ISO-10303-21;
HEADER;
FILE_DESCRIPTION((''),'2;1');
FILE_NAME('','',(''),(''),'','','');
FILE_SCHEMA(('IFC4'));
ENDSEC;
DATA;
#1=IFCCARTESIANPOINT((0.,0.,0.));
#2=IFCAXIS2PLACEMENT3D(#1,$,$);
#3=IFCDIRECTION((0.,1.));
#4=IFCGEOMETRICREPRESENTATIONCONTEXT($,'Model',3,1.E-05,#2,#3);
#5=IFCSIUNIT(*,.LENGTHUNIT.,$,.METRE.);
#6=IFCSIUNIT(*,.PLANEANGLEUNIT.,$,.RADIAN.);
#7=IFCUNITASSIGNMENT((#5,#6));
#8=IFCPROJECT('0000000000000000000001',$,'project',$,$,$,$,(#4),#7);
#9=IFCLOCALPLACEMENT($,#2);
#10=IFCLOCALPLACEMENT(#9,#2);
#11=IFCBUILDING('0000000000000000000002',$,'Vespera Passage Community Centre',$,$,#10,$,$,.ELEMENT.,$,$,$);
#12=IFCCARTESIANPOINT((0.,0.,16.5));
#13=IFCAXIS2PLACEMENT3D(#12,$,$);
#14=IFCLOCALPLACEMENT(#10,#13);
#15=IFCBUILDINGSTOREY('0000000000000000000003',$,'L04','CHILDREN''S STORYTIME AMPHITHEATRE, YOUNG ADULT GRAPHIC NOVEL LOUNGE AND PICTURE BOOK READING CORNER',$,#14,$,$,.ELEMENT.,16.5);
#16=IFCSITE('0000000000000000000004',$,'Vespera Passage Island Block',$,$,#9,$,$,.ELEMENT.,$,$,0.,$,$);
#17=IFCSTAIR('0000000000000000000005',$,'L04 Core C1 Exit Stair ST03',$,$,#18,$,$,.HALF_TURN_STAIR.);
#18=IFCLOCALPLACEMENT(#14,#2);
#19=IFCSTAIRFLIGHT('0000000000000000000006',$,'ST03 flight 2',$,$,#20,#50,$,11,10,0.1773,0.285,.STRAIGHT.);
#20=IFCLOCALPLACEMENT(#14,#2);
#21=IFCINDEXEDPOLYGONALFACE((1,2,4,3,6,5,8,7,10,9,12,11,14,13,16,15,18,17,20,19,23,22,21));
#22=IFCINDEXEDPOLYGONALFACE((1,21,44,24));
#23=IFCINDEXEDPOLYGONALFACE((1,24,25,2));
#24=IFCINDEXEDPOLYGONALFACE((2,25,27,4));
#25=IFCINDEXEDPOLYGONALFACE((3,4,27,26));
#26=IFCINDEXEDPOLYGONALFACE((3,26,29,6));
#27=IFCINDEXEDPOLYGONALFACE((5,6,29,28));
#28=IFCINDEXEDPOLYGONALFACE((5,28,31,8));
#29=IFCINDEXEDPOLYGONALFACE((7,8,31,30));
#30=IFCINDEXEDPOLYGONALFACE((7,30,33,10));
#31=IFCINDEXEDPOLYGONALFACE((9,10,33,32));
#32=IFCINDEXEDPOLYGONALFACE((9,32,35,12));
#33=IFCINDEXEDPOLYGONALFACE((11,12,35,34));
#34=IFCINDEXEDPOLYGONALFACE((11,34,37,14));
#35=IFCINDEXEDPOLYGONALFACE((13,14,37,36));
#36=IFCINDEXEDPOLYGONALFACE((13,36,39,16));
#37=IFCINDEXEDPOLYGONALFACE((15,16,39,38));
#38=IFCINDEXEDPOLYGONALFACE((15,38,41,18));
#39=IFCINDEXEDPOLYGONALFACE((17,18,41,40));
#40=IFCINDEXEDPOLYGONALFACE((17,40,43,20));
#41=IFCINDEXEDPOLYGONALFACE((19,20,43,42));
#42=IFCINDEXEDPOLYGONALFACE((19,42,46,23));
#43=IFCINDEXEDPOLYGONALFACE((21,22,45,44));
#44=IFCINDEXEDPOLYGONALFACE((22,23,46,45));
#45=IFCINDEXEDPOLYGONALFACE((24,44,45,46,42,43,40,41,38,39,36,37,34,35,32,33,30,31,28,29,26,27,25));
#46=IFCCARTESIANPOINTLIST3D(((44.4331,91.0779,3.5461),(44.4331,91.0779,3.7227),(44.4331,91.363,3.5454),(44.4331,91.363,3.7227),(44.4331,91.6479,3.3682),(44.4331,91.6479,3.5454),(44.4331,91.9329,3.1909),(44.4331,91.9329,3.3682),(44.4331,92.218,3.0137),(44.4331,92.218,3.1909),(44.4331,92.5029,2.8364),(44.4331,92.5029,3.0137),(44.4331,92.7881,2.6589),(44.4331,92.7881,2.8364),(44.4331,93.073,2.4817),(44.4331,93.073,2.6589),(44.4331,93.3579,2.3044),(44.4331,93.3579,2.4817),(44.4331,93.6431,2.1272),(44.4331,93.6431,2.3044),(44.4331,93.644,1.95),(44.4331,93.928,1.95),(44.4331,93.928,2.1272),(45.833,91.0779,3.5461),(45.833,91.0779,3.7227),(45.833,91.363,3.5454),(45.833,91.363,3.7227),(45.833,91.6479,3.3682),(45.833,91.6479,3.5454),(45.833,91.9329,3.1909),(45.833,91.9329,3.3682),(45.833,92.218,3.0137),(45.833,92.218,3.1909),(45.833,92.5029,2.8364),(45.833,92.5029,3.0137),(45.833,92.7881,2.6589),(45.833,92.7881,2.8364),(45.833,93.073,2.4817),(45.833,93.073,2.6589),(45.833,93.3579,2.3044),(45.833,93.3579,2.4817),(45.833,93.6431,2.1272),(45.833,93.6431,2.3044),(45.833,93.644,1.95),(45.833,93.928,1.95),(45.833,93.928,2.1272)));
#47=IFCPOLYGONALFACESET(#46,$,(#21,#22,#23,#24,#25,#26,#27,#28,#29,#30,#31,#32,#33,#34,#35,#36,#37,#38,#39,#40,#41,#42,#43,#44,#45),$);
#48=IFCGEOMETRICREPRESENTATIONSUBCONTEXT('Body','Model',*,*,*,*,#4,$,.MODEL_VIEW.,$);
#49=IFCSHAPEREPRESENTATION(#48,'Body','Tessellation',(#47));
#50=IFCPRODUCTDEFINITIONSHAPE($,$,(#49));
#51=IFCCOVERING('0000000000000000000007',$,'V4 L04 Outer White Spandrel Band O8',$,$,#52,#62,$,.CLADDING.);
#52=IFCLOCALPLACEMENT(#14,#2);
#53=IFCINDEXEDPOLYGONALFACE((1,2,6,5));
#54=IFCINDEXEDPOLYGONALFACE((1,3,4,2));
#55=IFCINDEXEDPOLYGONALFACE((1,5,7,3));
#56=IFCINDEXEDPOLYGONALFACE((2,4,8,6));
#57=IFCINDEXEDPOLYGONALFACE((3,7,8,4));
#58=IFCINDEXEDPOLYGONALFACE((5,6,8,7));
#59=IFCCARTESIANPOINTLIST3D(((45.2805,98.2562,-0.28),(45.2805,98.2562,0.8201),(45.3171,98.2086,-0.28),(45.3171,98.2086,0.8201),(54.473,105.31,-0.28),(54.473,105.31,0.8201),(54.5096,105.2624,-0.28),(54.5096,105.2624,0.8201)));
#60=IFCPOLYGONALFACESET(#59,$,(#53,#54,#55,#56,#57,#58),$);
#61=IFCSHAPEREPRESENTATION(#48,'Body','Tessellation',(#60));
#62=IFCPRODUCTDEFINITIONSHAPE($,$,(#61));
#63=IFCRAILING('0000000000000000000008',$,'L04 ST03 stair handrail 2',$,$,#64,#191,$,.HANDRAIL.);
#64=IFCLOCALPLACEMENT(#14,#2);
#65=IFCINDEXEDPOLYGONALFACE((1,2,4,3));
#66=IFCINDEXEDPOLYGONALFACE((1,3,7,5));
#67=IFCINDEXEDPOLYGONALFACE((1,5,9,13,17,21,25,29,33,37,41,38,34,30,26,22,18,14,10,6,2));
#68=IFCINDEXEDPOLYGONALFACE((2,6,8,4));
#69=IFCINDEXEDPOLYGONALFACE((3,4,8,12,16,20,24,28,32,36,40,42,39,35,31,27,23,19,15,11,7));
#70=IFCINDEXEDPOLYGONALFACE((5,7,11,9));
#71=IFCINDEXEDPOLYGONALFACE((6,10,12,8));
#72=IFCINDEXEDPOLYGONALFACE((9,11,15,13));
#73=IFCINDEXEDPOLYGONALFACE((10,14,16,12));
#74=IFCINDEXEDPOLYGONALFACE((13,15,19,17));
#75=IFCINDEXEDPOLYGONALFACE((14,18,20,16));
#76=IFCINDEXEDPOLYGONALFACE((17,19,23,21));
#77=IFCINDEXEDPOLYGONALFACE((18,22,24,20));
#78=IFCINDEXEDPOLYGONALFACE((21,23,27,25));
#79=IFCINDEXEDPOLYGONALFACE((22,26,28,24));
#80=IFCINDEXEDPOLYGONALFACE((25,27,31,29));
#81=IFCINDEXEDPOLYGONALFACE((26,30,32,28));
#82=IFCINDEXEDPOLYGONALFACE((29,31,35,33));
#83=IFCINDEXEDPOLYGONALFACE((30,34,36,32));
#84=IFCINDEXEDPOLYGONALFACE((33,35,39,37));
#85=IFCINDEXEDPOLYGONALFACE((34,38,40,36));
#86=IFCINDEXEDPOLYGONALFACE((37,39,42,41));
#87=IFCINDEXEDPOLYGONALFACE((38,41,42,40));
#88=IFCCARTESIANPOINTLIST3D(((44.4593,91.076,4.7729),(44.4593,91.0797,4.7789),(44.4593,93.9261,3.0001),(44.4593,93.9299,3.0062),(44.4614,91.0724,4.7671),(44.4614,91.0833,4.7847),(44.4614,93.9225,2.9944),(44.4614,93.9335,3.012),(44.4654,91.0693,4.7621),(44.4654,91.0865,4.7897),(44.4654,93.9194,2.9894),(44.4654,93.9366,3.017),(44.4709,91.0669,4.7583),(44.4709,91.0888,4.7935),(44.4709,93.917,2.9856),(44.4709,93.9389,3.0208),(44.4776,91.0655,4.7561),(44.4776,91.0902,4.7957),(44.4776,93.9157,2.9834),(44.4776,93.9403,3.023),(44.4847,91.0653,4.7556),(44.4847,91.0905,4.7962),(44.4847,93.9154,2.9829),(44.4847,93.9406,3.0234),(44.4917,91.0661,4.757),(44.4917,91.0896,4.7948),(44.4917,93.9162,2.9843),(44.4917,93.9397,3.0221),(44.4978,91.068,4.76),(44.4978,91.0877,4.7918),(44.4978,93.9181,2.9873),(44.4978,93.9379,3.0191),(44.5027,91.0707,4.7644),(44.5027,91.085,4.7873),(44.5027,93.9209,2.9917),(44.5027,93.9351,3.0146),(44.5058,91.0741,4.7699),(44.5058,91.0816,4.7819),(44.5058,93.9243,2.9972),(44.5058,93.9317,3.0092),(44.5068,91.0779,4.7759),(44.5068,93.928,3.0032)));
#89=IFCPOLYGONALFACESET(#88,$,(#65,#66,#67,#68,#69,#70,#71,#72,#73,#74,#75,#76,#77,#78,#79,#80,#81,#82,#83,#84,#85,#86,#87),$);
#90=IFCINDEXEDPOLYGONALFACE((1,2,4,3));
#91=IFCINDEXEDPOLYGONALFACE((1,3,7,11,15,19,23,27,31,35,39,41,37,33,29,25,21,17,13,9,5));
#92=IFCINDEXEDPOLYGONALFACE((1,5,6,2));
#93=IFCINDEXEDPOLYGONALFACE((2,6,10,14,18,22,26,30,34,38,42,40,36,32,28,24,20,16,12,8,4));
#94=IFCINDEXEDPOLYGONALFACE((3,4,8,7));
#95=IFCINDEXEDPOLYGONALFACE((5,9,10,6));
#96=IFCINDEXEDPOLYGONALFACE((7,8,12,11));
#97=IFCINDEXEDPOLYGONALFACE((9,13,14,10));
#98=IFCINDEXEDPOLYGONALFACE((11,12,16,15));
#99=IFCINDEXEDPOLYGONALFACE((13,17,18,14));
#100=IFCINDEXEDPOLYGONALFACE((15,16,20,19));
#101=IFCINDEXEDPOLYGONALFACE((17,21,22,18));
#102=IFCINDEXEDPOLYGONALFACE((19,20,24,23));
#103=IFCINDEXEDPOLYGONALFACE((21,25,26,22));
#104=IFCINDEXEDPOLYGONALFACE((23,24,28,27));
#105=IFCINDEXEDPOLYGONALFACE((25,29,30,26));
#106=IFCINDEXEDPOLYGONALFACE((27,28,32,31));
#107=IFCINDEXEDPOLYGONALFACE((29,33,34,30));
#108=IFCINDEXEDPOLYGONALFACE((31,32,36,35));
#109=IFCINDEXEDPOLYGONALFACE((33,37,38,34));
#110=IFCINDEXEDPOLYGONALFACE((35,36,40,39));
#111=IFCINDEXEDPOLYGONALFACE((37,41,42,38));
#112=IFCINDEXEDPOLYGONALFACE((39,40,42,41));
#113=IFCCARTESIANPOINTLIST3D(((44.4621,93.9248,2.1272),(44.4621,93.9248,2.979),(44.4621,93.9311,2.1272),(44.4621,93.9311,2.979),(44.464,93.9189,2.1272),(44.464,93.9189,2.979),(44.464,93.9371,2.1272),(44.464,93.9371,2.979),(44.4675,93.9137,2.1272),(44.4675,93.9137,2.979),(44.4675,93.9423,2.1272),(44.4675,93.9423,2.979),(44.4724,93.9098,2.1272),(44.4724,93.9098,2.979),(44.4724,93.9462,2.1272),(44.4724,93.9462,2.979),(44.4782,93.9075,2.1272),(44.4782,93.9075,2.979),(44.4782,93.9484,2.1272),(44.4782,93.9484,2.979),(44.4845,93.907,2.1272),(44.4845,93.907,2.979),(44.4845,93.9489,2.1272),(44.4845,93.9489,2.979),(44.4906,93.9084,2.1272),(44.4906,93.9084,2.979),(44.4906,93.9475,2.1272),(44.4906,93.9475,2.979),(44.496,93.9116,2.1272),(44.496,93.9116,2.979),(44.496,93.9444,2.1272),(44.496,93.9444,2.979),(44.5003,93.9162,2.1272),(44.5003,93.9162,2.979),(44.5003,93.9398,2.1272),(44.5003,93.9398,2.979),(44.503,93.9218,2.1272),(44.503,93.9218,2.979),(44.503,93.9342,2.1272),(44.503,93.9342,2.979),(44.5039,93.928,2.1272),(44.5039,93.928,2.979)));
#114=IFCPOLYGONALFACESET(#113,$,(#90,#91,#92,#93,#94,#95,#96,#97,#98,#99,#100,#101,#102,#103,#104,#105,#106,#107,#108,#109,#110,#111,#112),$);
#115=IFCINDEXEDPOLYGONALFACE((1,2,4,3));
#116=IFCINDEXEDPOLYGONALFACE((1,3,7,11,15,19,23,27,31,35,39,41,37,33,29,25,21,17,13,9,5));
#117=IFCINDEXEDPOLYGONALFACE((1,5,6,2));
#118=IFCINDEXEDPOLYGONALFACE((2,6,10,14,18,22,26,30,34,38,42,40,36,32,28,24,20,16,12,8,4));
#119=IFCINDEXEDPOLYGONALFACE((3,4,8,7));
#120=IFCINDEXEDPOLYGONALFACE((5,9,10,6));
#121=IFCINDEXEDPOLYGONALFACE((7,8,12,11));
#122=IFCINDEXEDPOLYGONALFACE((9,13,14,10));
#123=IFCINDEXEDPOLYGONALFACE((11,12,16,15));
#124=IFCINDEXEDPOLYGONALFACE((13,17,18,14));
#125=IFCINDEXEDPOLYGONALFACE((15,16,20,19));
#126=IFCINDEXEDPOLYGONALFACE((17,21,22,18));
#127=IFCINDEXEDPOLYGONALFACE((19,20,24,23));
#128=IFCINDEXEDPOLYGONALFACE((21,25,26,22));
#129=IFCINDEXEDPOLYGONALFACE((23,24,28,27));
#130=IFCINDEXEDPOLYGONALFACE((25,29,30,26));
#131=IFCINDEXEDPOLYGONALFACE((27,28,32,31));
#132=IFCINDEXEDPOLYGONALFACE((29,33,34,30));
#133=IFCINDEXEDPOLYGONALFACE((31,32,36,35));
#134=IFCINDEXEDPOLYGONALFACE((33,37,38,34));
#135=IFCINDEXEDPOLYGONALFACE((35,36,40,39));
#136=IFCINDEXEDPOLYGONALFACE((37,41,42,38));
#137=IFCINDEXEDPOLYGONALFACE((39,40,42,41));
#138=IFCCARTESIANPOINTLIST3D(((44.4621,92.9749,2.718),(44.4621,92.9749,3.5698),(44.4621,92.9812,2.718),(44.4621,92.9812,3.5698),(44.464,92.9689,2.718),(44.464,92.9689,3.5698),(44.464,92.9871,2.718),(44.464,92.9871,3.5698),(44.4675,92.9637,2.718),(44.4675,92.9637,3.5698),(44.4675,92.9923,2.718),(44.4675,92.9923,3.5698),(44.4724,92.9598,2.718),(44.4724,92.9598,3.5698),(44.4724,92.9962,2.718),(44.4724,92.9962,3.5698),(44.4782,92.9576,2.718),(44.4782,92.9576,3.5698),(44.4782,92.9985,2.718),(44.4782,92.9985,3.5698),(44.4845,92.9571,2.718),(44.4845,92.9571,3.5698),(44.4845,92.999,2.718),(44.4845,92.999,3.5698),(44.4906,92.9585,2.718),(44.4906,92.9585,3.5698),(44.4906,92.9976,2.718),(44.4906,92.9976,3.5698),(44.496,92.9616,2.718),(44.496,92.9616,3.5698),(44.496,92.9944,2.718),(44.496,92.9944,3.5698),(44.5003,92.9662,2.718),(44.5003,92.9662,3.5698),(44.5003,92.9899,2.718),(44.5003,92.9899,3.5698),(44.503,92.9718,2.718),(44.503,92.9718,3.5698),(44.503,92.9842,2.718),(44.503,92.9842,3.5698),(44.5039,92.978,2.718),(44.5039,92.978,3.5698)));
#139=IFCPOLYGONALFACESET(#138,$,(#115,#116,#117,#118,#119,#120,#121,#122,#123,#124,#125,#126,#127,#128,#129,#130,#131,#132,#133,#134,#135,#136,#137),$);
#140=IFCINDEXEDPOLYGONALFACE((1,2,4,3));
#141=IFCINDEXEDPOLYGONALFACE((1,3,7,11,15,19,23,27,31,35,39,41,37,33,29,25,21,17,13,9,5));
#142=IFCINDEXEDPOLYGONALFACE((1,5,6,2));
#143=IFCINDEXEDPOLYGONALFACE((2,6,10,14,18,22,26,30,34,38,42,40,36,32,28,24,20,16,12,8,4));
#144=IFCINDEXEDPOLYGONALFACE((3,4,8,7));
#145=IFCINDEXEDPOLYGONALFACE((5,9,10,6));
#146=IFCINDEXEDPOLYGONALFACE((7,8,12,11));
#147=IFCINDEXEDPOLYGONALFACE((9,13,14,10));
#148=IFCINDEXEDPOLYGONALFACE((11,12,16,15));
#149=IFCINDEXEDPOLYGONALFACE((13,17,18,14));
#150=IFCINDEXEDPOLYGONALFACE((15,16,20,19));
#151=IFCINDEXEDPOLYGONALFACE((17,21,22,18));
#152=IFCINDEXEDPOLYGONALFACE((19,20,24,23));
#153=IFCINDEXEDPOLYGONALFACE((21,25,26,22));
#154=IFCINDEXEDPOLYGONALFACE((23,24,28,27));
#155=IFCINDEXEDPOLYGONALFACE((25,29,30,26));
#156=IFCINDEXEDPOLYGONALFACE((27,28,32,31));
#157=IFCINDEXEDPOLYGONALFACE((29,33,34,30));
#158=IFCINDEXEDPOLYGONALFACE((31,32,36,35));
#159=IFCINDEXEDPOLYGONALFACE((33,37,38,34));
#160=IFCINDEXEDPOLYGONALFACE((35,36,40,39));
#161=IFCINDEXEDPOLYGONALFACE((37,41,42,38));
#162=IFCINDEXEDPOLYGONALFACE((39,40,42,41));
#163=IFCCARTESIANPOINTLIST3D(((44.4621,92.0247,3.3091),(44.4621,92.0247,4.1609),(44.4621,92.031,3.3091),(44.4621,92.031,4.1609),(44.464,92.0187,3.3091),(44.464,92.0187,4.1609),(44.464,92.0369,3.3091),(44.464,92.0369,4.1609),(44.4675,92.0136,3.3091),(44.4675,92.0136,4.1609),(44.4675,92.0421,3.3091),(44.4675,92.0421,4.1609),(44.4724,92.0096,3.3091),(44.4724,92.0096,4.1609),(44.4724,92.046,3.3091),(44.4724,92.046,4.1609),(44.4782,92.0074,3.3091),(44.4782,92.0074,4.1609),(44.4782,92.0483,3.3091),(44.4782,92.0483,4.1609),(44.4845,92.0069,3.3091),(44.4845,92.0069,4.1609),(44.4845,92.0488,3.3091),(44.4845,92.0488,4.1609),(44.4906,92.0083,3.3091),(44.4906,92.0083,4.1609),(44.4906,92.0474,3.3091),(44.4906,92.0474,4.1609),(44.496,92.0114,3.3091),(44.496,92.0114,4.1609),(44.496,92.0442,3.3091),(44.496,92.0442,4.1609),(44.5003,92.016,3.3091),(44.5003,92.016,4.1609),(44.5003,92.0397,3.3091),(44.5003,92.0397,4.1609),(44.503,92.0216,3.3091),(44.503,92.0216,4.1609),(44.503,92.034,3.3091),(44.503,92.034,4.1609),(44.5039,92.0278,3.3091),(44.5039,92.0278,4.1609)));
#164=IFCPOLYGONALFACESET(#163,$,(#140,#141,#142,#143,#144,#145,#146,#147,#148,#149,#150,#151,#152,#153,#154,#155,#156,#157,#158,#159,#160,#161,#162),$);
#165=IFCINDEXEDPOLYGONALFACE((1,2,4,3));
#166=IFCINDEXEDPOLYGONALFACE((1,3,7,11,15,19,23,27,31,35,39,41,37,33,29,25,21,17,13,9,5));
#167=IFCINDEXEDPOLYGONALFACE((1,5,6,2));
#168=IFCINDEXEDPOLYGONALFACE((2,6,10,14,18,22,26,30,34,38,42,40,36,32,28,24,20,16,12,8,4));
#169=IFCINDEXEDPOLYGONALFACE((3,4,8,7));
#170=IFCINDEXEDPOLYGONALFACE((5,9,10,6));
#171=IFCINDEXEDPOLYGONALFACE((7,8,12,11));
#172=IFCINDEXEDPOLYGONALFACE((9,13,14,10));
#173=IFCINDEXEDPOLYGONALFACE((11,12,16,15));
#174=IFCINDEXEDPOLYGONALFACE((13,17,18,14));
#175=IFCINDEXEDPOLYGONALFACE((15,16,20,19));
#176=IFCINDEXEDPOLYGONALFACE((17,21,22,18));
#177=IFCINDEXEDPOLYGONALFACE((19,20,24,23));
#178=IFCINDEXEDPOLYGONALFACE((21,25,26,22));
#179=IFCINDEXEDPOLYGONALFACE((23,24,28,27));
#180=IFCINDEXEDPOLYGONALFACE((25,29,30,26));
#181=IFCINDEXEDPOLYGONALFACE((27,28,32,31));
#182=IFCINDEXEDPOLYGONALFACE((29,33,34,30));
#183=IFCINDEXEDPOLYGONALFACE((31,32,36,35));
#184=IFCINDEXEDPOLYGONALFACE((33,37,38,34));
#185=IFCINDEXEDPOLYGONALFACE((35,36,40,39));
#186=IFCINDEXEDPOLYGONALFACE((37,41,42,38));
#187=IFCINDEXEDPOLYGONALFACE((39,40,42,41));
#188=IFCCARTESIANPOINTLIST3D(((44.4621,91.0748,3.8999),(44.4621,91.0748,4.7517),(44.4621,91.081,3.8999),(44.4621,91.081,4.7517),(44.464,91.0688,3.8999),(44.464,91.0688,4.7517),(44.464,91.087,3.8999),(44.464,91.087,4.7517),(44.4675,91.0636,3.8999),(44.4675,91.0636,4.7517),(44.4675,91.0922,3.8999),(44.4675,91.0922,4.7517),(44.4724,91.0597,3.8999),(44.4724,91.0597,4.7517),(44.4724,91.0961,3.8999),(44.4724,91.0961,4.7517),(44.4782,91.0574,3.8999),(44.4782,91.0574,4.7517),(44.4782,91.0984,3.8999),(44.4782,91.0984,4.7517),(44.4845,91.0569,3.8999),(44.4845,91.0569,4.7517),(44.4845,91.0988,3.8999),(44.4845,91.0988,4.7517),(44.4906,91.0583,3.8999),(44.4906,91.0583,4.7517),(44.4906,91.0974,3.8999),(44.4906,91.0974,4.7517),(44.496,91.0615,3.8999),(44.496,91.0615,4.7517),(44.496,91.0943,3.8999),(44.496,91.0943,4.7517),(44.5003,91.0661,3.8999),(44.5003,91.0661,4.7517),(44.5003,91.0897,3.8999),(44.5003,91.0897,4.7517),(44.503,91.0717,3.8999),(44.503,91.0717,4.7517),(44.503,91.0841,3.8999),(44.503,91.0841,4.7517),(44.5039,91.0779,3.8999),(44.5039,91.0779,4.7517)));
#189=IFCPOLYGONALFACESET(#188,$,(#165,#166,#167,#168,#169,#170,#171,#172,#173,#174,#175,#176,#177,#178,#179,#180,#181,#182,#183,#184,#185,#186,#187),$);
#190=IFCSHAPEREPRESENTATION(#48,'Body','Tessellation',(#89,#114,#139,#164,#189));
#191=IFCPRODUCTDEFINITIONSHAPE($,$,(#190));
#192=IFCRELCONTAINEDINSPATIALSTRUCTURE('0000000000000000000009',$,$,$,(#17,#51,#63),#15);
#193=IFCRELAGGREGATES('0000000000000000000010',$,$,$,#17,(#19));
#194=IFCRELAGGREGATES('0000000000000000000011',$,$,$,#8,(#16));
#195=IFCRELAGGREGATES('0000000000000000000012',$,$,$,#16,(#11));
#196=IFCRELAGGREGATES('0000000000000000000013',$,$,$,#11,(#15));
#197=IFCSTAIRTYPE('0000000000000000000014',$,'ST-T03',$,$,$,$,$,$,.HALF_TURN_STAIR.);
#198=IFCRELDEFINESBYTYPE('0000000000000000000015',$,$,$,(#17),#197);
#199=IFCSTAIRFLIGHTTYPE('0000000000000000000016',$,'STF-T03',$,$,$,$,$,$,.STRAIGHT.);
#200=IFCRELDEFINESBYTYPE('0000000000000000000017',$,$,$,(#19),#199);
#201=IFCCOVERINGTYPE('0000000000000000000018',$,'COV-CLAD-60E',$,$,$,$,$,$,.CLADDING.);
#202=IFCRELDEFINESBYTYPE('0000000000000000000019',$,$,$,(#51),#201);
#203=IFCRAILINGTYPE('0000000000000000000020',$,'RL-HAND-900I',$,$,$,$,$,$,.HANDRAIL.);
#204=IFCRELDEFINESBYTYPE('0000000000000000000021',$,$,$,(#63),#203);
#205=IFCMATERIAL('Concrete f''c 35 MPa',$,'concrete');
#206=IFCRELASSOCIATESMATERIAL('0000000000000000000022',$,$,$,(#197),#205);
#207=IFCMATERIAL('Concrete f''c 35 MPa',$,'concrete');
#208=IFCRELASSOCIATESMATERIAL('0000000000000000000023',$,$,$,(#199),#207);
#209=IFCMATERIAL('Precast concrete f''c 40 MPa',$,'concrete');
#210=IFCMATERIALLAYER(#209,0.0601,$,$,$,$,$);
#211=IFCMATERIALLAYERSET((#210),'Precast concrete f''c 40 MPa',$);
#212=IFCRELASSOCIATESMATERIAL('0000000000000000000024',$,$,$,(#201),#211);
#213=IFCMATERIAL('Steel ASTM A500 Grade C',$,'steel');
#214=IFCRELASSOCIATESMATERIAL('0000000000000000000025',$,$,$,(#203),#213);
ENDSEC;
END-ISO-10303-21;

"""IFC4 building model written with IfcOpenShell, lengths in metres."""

from ifc_helpers import new_model, si_unit, direction, frame, frame_2d, origin, origin_2d, place, context, subcontext, project, spatial, polyline, rectangle, circle, outline, extrude, material, layer, layer_set, type_object, element, aggregate, save


model = new_model("IFC4")

# Units and contexts
model_context = context("Model", 3, precision=1e-05, world=origin(), true_north=direction((0.0, 1.0)))
body_context = subcontext(model_context, "Body", "Model", "MODEL_VIEW")
ifc_project = project(units=[si_unit("LENGTHUNIT", "METRE"), si_unit("PLANEANGLEUNIT", "RADIAN")], contexts=[model_context])

# Site, building, storey
site_placement = place(None, origin())
site = spatial("IfcSite", under=ifc_project, at=site_placement, Name="Vespera Passage Island Block", CompositionType="ELEMENT", RefElevation=0.0)
building_placement = place(site_placement, origin())
building = spatial("IfcBuilding", under=site, at=building_placement, Name="Vespera Passage Community Centre", CompositionType="ELEMENT")
storey_placement = place(building_placement, frame((0.0, 0.0, 16.5)))
storey = spatial("IfcBuildingStorey", under=building, at=storey_placement, Name="L04", Description="CHILDREN'S STORYTIME AMPHITHEATRE, YOUNG ADULT GRAPHIC NOVEL LOUNGE AND PICTURE BOOK READING CORNER", CompositionType="ELEMENT", Elevation=16.5)

# Stair, stair flight
ifc_material_1 = material(Name="Concrete f'c 35 MPa", Category="concrete")
stair_type = type_object("IfcStairType", Name="ST-T03", PredefinedType="HALF_TURN_STAIR", material=ifc_material_1)
stair_placement = place(storey_placement, origin())
stair = element("IfcStair", 1, at=stair_placement, inside=storey, type_object=stair_type, Name="L04 Core C1 Exit Stair ST03", PredefinedType="HALF_TURN_STAIR")
ifc_material_2 = material(Name="Concrete f'c 35 MPa", Category="concrete")
stair_flight_type = type_object("IfcStairFlightType", Name="STF-T03", PredefinedType="STRAIGHT", material=ifc_material_2)
stair_flight_placement = place(storey_placement, frame((45.1331, 93.928, 1.95), z_axis=(0.0, 0.0, 1.0), x_axis=(0.0, -1.0, 0.0)))
stair_flight = element("IfcStairFlight", 2, at=stair_flight_placement, type_object=stair_flight_type, Name="ST03 flight 2", NumberOfRisers=11, NumberOfTreads=10, PredefinedType="STRAIGHT", RiserHeight=0.1773, TreadLength=0.285, context=body_context, shape_type="SweptSolid", body=[
    extrude(outline(polyline([(0.0, 0.0), (0.0, 0.1772), (0.2849, 0.1772), (0.2849, 0.3545), (0.5701, 0.3545), (0.5701, 0.5317), (0.855, 0.5317), (0.855, 0.709), (1.1399, 0.709), (1.1399, 0.8865), (1.425, 0.8865), (1.425, 1.0637), (1.71, 1.0637), (1.71, 1.241), (1.9951, 1.241), (1.9951, 1.4182), (2.28, 1.4182), (2.28, 1.5955), (2.5649, 1.5955), (2.5649, 1.7727), (2.8501, 1.7727), (2.8501, 1.95), (2.8501, 1.5962), (0.2839, 0.0), (0.0, 0.0)])), frame((0.0, 0.7, 0.0), z_axis=(0.0, -1.0, 0.0), x_axis=(1.0, 0.0, 0.0)), (0.0, 0.0, 1.0), 1.3999),
])
aggregate(stair, [stair_flight])

# Covering
ifc_material_3 = material(Name="Precast concrete f'c 40 MPa", Category="concrete")
ifc_layer_1 = layer(ifc_material_3, 0.0601)
ifc_layer_set_1 = layer_set([ifc_layer_1], Name="Precast concrete f'c 40 MPa")
covering_type = type_object("IfcCoveringType", Name="COV-CLAD-60E", PredefinedType="CLADDING", material=ifc_layer_set_1)
covering_placement = place(storey_placement, frame((45.2988, 98.2324, -0.28), z_axis=(0.0, 0.0, 1.0), x_axis=(0.793347, 0.608769, 0.0)))
element("IfcCovering", 3, at=covering_placement, inside=storey, type_object=covering_type, Name="V4 L04 Outer White Spandrel Band O8", PredefinedType="CLADDING", context=body_context, shape_type="SweptSolid", body=[
    extrude(rectangle(XDim=11.5869, YDim=0.0601, at=frame_2d((5.7935, 0.0))), origin(), (0.0, 0.0, 1.0), 1.1001),
])

# Railing
ifc_material_4 = material(Name="Steel ASTM A500 Grade C", Category="steel")
railing_type_1 = type_object("IfcRailingType", Name="RL-HAND-900I", PredefinedType="HANDRAIL", material=ifc_material_4)
railing_1_placement = place(storey_placement, frame((44.4829, 93.928, 2.1272)))
element("IfcRailing", 4, at=railing_1_placement, inside=storey, type_object=railing_type_1, Name="L04 ST03 stair handrail 2", PredefinedType="HANDRAIL", context=body_context, shape_type="SweptSolid", body=[
    extrude(circle(Radius=0.0239, at=origin_2d()), frame((0.0, 0.0, 0.876), z_axis=(0.0, -0.849149, 0.528154), x_axis=(1.0, 0.0, 0.0)), (0.0, 0.0, 1.0), 3.3564),
    extrude(circle(Radius=0.021, at=origin_2d()), origin(), (0.0, 0.0, 1.0), 0.8518),
    extrude(circle(Radius=0.021, at=origin_2d()), frame((0.0, -0.95, 0.5908)), (0.0, 0.0, 1.0), 0.8518),
    extrude(circle(Radius=0.021, at=origin_2d()), frame((0.0, -1.9001, 1.1819)), (0.0, 0.0, 1.0), 0.8518),
    extrude(circle(Radius=0.021, at=origin_2d()), frame((0.0, -2.8501, 1.7727)), (0.0, 0.0, 1.0), 0.8518),
])

save(model, "model.ifc")
